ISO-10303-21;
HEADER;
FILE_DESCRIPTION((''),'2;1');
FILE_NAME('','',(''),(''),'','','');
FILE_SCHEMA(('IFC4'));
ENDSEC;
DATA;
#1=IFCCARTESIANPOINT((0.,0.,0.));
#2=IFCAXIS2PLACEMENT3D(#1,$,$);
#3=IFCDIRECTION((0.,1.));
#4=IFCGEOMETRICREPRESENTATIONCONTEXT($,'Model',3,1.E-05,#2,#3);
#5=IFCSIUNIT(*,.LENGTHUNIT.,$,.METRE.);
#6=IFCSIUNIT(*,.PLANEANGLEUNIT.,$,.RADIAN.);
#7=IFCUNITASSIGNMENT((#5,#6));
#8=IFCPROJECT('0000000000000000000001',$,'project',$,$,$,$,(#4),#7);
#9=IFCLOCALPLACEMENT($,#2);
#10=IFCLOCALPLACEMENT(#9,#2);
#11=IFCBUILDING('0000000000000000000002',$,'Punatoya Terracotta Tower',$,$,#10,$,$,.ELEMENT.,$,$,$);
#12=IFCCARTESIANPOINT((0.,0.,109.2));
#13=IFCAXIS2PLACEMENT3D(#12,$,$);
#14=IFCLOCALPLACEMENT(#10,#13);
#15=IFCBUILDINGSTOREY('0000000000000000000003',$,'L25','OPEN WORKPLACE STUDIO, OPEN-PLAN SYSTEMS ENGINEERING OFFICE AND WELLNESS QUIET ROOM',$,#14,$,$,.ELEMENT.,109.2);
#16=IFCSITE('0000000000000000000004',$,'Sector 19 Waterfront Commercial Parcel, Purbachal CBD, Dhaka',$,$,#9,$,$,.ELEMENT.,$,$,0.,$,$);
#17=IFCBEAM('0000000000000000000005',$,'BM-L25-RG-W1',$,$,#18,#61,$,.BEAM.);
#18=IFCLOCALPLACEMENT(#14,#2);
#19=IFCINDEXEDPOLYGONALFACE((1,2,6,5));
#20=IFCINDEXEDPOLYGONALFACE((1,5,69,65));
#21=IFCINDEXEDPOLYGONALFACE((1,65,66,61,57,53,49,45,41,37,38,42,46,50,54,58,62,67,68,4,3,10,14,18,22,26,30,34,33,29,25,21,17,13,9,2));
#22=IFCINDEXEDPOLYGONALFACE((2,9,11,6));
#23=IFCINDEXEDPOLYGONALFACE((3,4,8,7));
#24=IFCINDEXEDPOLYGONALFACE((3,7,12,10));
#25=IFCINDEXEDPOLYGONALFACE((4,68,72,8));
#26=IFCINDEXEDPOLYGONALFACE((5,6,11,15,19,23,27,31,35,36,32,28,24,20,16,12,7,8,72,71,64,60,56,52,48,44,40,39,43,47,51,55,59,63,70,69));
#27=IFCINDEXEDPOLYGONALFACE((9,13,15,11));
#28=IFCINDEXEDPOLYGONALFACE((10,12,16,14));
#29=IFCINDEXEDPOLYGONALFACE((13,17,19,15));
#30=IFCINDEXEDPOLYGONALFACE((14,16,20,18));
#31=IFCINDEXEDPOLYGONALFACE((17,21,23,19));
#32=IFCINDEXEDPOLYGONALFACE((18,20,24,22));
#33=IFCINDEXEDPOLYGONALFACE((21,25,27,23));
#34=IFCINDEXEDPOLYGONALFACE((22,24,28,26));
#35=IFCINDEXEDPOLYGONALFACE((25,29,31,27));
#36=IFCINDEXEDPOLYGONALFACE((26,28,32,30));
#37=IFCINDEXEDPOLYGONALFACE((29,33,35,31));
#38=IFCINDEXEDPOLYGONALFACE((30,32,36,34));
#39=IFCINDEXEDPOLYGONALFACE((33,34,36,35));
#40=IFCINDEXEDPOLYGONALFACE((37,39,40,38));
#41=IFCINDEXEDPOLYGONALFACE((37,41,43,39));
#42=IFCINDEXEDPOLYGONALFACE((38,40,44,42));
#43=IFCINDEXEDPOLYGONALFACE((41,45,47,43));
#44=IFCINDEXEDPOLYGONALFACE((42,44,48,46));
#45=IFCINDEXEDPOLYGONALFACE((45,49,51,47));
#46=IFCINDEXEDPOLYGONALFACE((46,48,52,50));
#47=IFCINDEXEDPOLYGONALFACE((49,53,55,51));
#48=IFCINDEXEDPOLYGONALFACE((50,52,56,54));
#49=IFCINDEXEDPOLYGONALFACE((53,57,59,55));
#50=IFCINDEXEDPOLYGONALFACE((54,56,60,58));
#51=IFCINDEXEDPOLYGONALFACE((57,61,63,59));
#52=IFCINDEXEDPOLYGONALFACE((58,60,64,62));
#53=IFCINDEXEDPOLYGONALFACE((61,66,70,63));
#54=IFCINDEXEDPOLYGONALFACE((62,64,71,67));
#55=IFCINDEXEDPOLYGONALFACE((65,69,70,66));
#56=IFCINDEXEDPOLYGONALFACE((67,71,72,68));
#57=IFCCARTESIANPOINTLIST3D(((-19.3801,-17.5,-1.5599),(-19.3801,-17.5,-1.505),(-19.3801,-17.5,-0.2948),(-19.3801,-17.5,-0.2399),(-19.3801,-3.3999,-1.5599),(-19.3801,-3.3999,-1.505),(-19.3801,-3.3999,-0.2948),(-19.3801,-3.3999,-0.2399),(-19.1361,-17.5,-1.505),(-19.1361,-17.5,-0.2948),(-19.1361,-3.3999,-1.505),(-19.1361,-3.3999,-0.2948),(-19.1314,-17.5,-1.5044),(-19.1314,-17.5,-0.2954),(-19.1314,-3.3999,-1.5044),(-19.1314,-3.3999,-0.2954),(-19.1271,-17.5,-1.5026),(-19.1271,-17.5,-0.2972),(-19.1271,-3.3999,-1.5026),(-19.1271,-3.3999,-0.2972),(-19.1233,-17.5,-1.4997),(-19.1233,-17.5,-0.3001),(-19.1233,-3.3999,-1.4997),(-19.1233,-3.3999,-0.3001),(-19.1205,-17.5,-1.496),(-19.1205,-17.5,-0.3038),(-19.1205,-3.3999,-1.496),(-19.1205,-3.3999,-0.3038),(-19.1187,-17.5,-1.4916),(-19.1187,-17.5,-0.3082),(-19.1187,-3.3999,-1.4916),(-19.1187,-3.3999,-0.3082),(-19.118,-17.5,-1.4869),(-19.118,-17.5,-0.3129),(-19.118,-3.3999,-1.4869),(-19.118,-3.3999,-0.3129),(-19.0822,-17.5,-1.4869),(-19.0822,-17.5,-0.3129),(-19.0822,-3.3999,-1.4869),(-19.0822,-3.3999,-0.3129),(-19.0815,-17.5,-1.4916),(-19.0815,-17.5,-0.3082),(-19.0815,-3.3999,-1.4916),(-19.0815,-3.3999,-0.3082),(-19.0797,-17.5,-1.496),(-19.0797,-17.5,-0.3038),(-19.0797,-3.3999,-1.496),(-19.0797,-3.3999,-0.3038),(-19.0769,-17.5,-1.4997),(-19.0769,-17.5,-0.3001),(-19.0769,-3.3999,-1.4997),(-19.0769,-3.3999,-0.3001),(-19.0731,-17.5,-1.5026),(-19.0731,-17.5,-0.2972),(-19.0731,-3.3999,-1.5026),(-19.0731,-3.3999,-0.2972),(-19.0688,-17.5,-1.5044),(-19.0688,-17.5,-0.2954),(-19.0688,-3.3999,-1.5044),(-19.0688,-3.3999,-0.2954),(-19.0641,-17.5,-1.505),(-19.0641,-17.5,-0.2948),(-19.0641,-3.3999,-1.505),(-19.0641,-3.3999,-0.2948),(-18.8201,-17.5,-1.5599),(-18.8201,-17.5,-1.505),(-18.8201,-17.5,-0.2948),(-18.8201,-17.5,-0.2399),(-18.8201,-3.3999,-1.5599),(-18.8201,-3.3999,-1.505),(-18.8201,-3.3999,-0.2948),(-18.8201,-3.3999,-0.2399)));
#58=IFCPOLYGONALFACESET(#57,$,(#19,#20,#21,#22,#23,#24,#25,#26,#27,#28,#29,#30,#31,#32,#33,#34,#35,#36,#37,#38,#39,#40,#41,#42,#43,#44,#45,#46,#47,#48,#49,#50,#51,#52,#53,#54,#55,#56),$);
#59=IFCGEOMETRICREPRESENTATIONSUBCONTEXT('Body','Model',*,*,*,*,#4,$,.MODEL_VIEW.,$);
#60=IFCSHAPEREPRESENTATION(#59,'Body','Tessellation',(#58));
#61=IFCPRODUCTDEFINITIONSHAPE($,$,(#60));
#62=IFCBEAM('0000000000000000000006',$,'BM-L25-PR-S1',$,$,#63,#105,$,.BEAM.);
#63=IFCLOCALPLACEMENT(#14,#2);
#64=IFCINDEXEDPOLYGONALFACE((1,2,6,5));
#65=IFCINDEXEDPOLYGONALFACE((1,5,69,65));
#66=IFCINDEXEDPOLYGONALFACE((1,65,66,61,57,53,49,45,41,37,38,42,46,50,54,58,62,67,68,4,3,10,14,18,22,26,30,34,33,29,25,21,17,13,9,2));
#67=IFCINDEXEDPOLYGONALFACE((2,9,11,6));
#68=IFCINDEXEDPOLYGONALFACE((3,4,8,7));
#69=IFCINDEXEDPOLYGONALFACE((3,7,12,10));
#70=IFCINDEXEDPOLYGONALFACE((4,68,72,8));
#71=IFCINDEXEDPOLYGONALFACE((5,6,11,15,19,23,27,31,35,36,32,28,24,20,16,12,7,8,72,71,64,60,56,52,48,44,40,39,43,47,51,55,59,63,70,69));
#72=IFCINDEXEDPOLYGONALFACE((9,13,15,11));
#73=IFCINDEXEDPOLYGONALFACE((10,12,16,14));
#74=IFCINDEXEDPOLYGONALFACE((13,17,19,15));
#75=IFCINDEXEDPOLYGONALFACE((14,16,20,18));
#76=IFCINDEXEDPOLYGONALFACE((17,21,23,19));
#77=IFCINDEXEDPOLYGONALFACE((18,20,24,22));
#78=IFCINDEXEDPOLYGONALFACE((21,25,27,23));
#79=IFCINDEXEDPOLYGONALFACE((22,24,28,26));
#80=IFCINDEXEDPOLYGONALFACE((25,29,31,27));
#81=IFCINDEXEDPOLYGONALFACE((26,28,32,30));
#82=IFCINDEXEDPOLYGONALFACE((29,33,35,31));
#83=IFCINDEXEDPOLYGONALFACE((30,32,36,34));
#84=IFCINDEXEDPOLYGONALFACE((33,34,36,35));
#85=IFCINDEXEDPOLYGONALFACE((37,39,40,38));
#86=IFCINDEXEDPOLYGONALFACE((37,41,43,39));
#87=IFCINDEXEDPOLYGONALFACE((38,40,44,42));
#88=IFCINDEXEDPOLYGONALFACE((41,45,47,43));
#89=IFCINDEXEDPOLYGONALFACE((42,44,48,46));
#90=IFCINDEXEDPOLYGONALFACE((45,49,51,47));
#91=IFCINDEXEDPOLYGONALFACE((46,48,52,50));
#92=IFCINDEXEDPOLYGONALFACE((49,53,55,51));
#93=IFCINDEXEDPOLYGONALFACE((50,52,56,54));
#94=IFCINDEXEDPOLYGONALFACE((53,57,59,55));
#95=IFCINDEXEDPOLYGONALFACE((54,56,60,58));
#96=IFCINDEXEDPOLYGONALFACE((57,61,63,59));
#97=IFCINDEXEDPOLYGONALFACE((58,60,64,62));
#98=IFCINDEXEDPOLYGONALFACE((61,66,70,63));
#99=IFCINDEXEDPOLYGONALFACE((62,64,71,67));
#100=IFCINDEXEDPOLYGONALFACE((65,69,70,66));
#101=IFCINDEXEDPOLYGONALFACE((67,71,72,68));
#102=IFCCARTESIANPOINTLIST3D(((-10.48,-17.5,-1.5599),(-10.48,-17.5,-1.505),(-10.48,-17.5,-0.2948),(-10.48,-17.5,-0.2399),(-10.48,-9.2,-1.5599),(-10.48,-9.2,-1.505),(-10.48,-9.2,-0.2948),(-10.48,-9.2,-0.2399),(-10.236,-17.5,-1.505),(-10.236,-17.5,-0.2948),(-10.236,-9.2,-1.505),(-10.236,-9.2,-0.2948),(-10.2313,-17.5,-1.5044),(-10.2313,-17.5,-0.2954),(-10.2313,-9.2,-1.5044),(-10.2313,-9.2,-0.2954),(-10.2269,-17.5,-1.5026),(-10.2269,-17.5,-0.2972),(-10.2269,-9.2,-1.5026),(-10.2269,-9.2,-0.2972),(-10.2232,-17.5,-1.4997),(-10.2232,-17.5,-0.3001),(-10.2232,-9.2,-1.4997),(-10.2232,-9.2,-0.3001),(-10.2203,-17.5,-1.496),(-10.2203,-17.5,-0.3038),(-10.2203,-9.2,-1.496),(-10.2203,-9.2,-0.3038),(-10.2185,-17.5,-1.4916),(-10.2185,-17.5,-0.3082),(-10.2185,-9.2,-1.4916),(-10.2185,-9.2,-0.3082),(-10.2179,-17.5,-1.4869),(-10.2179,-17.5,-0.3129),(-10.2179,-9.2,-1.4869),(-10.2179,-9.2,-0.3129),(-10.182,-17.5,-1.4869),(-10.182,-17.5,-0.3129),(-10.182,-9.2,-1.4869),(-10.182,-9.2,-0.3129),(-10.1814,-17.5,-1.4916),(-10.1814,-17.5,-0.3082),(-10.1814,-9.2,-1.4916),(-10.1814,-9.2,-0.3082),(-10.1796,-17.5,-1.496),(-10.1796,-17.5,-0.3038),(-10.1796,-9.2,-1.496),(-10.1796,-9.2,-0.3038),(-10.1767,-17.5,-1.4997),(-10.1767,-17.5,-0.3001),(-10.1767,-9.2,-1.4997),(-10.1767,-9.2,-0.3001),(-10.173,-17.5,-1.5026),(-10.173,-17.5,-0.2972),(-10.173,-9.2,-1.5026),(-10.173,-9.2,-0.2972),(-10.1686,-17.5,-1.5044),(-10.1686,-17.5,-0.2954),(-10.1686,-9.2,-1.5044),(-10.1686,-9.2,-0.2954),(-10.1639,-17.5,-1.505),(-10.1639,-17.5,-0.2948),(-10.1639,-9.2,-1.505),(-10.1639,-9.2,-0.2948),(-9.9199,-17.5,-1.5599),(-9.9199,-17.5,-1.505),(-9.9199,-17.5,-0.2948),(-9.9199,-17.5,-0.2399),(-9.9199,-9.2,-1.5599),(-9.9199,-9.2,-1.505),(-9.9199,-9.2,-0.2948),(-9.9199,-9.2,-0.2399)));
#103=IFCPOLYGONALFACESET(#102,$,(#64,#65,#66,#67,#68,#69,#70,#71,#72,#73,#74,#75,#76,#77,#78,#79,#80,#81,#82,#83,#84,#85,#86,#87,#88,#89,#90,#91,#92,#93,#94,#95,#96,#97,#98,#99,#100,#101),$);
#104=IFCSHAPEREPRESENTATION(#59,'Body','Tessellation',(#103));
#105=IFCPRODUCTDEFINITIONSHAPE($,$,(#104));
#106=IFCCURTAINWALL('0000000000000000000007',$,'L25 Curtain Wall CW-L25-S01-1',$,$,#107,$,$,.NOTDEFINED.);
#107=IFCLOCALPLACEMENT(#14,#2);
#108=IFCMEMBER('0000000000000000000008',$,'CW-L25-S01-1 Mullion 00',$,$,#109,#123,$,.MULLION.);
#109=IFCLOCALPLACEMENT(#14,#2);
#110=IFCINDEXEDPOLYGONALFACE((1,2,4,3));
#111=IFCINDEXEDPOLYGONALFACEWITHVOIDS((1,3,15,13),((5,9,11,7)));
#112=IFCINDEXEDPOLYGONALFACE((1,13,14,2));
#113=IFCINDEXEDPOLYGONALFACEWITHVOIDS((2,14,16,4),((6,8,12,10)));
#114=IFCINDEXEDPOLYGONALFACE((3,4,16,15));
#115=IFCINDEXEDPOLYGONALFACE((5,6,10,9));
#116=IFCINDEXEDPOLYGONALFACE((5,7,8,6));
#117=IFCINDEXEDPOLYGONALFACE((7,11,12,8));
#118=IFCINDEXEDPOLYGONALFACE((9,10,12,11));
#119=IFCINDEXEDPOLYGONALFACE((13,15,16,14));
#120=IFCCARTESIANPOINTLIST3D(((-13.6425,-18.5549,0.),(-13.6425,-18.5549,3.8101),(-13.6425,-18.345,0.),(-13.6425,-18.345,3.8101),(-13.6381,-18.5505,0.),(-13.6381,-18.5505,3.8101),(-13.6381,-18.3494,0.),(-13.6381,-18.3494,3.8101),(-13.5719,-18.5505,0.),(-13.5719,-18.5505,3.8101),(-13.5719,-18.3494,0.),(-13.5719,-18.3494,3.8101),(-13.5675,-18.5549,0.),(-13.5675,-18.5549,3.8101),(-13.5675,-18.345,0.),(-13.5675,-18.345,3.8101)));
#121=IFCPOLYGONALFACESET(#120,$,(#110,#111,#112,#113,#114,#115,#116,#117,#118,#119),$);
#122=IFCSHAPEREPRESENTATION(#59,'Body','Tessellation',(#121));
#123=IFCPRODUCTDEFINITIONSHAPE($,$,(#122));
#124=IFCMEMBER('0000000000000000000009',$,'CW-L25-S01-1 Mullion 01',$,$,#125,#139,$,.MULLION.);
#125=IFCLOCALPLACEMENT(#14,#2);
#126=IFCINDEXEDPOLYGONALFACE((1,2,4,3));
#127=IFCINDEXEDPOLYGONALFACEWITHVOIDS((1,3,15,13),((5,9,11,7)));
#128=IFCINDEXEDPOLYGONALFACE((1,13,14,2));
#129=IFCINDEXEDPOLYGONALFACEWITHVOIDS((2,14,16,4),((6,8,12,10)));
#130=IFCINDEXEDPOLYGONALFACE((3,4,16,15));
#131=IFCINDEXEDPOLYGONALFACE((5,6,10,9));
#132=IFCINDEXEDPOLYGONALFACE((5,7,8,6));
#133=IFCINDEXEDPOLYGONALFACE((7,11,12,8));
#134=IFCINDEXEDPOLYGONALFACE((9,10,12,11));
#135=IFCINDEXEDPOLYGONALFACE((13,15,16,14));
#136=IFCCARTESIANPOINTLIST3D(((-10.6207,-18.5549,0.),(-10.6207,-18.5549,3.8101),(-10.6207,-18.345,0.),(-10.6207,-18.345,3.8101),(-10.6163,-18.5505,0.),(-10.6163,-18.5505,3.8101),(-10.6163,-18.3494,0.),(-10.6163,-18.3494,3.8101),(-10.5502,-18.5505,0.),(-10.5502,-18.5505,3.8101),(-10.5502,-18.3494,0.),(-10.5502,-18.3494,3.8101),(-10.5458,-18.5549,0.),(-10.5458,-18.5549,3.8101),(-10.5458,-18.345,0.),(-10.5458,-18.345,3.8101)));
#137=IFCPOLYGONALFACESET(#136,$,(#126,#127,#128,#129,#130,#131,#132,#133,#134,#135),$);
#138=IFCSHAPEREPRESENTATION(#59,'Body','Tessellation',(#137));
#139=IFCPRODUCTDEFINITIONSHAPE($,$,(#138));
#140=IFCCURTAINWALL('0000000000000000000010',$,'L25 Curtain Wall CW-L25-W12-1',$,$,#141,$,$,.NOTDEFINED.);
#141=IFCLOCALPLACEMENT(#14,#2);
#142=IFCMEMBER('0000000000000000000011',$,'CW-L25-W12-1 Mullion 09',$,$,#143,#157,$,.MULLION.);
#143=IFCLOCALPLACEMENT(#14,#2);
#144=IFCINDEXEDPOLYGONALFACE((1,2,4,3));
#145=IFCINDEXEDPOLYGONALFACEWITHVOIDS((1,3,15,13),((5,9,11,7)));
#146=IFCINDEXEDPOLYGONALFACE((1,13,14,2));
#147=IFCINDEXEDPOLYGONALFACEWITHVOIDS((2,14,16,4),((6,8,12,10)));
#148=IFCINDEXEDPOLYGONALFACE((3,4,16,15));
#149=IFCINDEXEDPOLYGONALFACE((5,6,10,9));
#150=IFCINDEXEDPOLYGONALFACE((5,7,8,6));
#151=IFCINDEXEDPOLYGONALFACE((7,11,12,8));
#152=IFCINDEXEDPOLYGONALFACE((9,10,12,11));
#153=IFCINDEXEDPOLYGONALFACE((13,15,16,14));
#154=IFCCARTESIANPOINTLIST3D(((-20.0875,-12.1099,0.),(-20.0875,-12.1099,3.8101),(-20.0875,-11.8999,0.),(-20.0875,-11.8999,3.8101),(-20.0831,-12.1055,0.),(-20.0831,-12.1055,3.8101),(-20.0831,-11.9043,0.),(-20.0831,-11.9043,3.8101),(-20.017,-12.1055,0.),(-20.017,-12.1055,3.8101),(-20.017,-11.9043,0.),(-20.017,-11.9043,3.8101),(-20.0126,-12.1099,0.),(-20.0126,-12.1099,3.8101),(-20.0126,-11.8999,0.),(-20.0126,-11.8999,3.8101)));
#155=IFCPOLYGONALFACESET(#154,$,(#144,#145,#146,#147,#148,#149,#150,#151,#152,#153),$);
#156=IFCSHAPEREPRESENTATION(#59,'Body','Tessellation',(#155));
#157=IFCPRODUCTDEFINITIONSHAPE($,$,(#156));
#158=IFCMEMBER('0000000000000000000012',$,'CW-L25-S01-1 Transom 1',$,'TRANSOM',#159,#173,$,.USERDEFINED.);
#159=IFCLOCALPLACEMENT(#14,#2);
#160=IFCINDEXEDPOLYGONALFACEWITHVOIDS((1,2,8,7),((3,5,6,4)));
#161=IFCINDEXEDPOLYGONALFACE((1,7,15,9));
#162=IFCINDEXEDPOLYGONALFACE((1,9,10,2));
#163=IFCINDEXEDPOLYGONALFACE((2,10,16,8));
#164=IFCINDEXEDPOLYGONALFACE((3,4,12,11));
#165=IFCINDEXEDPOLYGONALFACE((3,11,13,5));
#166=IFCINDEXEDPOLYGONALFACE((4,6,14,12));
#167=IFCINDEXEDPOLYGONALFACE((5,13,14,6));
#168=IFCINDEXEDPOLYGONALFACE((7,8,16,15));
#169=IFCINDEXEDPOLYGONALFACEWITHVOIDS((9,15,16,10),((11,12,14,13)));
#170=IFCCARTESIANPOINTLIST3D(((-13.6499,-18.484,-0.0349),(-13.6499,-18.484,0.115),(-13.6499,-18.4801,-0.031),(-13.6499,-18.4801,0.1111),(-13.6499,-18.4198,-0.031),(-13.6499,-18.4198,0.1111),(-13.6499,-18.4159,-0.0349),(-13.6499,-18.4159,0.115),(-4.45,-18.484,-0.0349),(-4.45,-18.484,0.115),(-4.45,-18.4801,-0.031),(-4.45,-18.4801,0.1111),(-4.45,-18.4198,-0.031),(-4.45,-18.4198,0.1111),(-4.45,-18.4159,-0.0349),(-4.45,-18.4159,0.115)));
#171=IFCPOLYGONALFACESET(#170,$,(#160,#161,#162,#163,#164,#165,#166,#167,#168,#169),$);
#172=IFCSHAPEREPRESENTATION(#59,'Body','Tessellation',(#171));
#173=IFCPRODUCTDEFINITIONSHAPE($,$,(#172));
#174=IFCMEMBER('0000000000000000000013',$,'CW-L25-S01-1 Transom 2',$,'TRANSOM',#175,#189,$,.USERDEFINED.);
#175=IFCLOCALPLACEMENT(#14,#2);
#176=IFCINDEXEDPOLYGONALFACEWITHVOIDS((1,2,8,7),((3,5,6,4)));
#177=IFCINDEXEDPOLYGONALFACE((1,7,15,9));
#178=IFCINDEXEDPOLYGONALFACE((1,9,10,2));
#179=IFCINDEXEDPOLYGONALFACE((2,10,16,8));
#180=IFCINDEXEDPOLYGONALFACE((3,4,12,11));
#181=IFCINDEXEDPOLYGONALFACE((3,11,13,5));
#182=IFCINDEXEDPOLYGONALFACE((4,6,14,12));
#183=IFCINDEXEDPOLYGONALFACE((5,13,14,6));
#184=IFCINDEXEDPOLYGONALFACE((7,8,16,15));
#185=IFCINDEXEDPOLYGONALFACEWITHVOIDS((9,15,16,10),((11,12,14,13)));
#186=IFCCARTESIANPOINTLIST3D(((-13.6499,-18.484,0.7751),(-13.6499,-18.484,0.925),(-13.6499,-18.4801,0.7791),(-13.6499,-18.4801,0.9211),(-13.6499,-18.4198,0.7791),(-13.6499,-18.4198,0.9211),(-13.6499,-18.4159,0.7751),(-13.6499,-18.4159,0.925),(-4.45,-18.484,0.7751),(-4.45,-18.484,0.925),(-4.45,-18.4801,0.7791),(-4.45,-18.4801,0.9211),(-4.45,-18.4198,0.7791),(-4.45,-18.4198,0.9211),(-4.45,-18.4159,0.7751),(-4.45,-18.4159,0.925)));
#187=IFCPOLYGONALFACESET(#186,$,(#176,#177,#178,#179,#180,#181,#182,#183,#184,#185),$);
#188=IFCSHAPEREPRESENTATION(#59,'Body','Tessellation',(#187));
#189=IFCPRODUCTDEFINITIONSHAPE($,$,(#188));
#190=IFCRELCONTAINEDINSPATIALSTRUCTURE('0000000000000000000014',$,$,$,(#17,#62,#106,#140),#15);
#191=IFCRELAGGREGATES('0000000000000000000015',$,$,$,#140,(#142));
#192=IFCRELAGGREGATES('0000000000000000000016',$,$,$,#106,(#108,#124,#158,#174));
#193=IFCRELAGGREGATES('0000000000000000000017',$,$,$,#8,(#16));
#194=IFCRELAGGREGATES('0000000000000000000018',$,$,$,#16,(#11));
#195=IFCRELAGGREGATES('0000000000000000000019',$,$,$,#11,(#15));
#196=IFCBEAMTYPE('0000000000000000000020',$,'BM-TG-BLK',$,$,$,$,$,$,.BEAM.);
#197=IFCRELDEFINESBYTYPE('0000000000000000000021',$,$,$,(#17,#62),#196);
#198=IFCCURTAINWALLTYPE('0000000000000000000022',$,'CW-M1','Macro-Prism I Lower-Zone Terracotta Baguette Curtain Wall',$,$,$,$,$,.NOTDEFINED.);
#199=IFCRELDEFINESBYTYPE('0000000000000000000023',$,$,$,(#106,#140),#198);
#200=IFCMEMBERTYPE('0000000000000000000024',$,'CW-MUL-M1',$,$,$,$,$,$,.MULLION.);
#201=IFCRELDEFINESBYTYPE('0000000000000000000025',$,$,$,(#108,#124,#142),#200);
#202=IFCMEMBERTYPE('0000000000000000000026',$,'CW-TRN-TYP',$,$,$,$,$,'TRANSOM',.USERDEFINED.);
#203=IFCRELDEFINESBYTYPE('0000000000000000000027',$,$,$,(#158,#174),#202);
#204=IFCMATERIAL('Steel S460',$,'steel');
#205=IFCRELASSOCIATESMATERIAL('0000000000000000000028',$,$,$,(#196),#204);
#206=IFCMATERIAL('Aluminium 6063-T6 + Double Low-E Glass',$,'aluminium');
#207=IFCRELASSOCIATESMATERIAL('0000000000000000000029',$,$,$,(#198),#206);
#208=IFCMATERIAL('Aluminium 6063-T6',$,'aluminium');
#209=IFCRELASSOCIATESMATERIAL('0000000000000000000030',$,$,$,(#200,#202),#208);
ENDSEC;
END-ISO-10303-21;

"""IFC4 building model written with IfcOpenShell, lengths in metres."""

from ifc_helpers import new_model, si_unit, direction, frame, origin, origin_2d, place, context, subcontext, project, spatial, hollow_rectangle, i_section, extrude, material, material_profile, profile_set, type_object, element, aggregate, save


model = new_model("IFC4")

# Units and contexts
model_context = context("Model", 3, precision=1e-05, world=origin(), true_north=direction((0.0, 1.0)))
body_context = subcontext(model_context, "Body", "Model", "MODEL_VIEW")
ifc_project = project(units=[si_unit("LENGTHUNIT", "METRE"), si_unit("PLANEANGLEUNIT", "RADIAN")], contexts=[model_context])

# Site, building, storey
site_placement = place(None, origin())
site = spatial("IfcSite", under=ifc_project, at=site_placement, Name="Sector 19 Waterfront Commercial Parcel, Purbachal CBD, Dhaka", CompositionType="ELEMENT", RefElevation=0.0)
building_placement = place(site_placement, origin())
building = spatial("IfcBuilding", under=site, at=building_placement, Name="Punatoya Terracotta Tower", CompositionType="ELEMENT")
storey_placement = place(building_placement, frame((0.0, 0.0, 109.2)))
storey = spatial("IfcBuildingStorey", under=building, at=storey_placement, Name="L25", Description="OPEN WORKPLACE STUDIO, OPEN-PLAN SYSTEMS ENGINEERING OFFICE AND WELLNESS QUIET ROOM", CompositionType="ELEMENT", Elevation=109.2)

# Shared definitions
ifc_material_1 = material(Name="Steel S460", Category="steel")

# Beams
ifc_material_profile_1 = material_profile(ifc_material_1, i_section(OverallWidth=0.5601, OverallDepth=1.3201, WebThickness=0.0359, FlangeThickness=0.0549, FilletRadius=0.0181, at=origin_2d()))
ifc_profile_set_1 = profile_set([ifc_material_profile_1], Name="Steel S460")
beam_type_1 = type_object("IfcBeamType", Name="BM-TG-BLK", PredefinedType="BEAM", material=ifc_profile_set_1)
beam_1_placement = place(storey_placement, frame((-19.1001, -17.5, -0.8999), z_axis=(0.0, 1.0, 0.0), x_axis=(-1.0, 0.0, 0.0)))
element("IfcBeam", 1, at=beam_1_placement, inside=storey, type_object=beam_type_1, Name="BM-L25-RG-W1", PredefinedType="BEAM", context=body_context, shape_type="SweptSolid", body=[
    extrude(i_section(OverallWidth=0.5601, OverallDepth=1.3201, WebThickness=0.0359, FlangeThickness=0.0549, FilletRadius=0.0181, at=origin_2d()), origin(), (0.0, 0.0, 1.0), 14.1001),
])
beam_2_placement = place(storey_placement, frame((-10.2, -17.5, -0.8999), z_axis=(0.0, 1.0, 0.0), x_axis=(-1.0, 0.0, 0.0)))
element("IfcBeam", 2, at=beam_2_placement, inside=storey, type_object=beam_type_1, Name="BM-L25-PR-S1", PredefinedType="BEAM", context=body_context, shape_type="SweptSolid", body=[
    extrude(i_section(OverallWidth=0.5601, OverallDepth=1.3201, WebThickness=0.0359, FlangeThickness=0.0549, FilletRadius=0.0181, at=origin_2d()), origin(), (0.0, 0.0, 1.0), 8.3),
])

# Curtain wall, members
ifc_material_2 = material(Name="Aluminium 6063-T6 + Double Low-E Glass", Category="aluminium")
curtain_wall_type = type_object("IfcCurtainWallType", Name="CW-M1", Description="Macro-Prism I Lower-Zone Terracotta Baguette Curtain Wall", PredefinedType="NOTDEFINED", material=ifc_material_2)
curtain_wall_1_placement = place(storey_placement, origin())
curtain_wall_1 = element("IfcCurtainWall", 3, at=curtain_wall_1_placement, inside=storey, type_object=curtain_wall_type, Name="L25 Curtain Wall CW-L25-S01-1", PredefinedType="NOTDEFINED")
ifc_material_3 = material(Name="Aluminium 6063-T6", Category="aluminium")
ifc_material_profile_2 = material_profile(ifc_material_3, hollow_rectangle(XDim=0.075, YDim=0.21, WallThickness=0.0044, at=origin_2d()))
ifc_profile_set_2 = profile_set([ifc_material_profile_2], Name="Aluminium 6063-T6")
member_type_1 = type_object("IfcMemberType", Name="CW-MUL-M1", PredefinedType="MULLION", material=ifc_profile_set_2)
member_1_placement = place(storey_placement, frame((-13.605, -18.45, 0.0), z_axis=(0.0, 0.0, 1.0), x_axis=(1.0, 0.0, 0.0)))
member_1 = element("IfcMember", 4, at=member_1_placement, type_object=member_type_1, Name="CW-L25-S01-1 Mullion 00", PredefinedType="MULLION", context=body_context, shape_type="SweptSolid", body=[
    extrude(hollow_rectangle(XDim=0.075, YDim=0.21, WallThickness=0.0044, at=origin_2d()), origin(), (0.0, 0.0, 1.0), 3.8101),
])
member_2_placement = place(storey_placement, frame((-10.5833, -18.45, 0.0), z_axis=(0.0, 0.0, 1.0), x_axis=(1.0, 0.0, 0.0)))
member_2 = element("IfcMember", 5, at=member_2_placement, type_object=member_type_1, Name="CW-L25-S01-1 Mullion 01", PredefinedType="MULLION", context=body_context, shape_type="SweptSolid", body=[
    extrude(hollow_rectangle(XDim=0.075, YDim=0.21, WallThickness=0.0044, at=origin_2d()), origin(), (0.0, 0.0, 1.0), 3.8101),
])

# Curtain wall, member
curtain_wall_2_placement = place(storey_placement, origin())
curtain_wall_2 = element("IfcCurtainWall", 6, at=curtain_wall_2_placement, inside=storey, type_object=curtain_wall_type, Name="L25 Curtain Wall CW-L25-W12-1", PredefinedType="NOTDEFINED")
member_3_placement = place(storey_placement, frame((-20.05, -12.0049, 0.0), z_axis=(0.0, 0.0, 1.0), x_axis=(1.0, 0.0, 0.0)))
member_3 = element("IfcMember", 7, at=member_3_placement, type_object=member_type_1, Name="CW-L25-W12-1 Mullion 09", PredefinedType="MULLION", context=body_context, shape_type="SweptSolid", body=[
    extrude(hollow_rectangle(XDim=0.075, YDim=0.21, WallThickness=0.0044, at=origin_2d()), origin(), (0.0, 0.0, 1.0), 3.8101),
])
aggregate(curtain_wall_2, [member_3])

# Members
ifc_material_profile_3 = material_profile(ifc_material_3, hollow_rectangle(XDim=0.0681, YDim=0.1499, WallThickness=0.0039, at=origin_2d()))
ifc_profile_set_3 = profile_set([ifc_material_profile_3], Name="Aluminium 6063-T6")
member_type_2 = type_object("IfcMemberType", Name="CW-TRN-TYP", ElementType="TRANSOM", PredefinedType="USERDEFINED", material=ifc_profile_set_3)
member_4_placement = place(storey_placement, frame((-13.6499, -18.45, 0.04), z_axis=(1.0, 0.0, 0.0), x_axis=(0.0, 1.0, 0.0)))
member_4 = element("IfcMember", 8, at=member_4_placement, type_object=member_type_2, Name="CW-L25-S01-1 Transom 1", ObjectType="TRANSOM", PredefinedType="USERDEFINED", context=body_context, shape_type="SweptSolid", body=[
    extrude(hollow_rectangle(XDim=0.0681, YDim=0.1499, WallThickness=0.0039, at=origin_2d()), origin(), (0.0, 0.0, 1.0), 9.2),
])
member_5_placement = place(storey_placement, frame((-13.6499, -18.45, 0.8501), z_axis=(1.0, 0.0, 0.0), x_axis=(0.0, 1.0, 0.0)))
member_5 = element("IfcMember", 9, at=member_5_placement, type_object=member_type_2, Name="CW-L25-S01-1 Transom 2", ObjectType="TRANSOM", PredefinedType="USERDEFINED", context=body_context, shape_type="SweptSolid", body=[
    extrude(hollow_rectangle(XDim=0.0681, YDim=0.1499, WallThickness=0.0039, at=origin_2d()), origin(), (0.0, 0.0, 1.0), 9.2),
])

aggregate(curtain_wall_1, [member_1, member_2, member_4, member_5])

save(model, "model.ifc")
